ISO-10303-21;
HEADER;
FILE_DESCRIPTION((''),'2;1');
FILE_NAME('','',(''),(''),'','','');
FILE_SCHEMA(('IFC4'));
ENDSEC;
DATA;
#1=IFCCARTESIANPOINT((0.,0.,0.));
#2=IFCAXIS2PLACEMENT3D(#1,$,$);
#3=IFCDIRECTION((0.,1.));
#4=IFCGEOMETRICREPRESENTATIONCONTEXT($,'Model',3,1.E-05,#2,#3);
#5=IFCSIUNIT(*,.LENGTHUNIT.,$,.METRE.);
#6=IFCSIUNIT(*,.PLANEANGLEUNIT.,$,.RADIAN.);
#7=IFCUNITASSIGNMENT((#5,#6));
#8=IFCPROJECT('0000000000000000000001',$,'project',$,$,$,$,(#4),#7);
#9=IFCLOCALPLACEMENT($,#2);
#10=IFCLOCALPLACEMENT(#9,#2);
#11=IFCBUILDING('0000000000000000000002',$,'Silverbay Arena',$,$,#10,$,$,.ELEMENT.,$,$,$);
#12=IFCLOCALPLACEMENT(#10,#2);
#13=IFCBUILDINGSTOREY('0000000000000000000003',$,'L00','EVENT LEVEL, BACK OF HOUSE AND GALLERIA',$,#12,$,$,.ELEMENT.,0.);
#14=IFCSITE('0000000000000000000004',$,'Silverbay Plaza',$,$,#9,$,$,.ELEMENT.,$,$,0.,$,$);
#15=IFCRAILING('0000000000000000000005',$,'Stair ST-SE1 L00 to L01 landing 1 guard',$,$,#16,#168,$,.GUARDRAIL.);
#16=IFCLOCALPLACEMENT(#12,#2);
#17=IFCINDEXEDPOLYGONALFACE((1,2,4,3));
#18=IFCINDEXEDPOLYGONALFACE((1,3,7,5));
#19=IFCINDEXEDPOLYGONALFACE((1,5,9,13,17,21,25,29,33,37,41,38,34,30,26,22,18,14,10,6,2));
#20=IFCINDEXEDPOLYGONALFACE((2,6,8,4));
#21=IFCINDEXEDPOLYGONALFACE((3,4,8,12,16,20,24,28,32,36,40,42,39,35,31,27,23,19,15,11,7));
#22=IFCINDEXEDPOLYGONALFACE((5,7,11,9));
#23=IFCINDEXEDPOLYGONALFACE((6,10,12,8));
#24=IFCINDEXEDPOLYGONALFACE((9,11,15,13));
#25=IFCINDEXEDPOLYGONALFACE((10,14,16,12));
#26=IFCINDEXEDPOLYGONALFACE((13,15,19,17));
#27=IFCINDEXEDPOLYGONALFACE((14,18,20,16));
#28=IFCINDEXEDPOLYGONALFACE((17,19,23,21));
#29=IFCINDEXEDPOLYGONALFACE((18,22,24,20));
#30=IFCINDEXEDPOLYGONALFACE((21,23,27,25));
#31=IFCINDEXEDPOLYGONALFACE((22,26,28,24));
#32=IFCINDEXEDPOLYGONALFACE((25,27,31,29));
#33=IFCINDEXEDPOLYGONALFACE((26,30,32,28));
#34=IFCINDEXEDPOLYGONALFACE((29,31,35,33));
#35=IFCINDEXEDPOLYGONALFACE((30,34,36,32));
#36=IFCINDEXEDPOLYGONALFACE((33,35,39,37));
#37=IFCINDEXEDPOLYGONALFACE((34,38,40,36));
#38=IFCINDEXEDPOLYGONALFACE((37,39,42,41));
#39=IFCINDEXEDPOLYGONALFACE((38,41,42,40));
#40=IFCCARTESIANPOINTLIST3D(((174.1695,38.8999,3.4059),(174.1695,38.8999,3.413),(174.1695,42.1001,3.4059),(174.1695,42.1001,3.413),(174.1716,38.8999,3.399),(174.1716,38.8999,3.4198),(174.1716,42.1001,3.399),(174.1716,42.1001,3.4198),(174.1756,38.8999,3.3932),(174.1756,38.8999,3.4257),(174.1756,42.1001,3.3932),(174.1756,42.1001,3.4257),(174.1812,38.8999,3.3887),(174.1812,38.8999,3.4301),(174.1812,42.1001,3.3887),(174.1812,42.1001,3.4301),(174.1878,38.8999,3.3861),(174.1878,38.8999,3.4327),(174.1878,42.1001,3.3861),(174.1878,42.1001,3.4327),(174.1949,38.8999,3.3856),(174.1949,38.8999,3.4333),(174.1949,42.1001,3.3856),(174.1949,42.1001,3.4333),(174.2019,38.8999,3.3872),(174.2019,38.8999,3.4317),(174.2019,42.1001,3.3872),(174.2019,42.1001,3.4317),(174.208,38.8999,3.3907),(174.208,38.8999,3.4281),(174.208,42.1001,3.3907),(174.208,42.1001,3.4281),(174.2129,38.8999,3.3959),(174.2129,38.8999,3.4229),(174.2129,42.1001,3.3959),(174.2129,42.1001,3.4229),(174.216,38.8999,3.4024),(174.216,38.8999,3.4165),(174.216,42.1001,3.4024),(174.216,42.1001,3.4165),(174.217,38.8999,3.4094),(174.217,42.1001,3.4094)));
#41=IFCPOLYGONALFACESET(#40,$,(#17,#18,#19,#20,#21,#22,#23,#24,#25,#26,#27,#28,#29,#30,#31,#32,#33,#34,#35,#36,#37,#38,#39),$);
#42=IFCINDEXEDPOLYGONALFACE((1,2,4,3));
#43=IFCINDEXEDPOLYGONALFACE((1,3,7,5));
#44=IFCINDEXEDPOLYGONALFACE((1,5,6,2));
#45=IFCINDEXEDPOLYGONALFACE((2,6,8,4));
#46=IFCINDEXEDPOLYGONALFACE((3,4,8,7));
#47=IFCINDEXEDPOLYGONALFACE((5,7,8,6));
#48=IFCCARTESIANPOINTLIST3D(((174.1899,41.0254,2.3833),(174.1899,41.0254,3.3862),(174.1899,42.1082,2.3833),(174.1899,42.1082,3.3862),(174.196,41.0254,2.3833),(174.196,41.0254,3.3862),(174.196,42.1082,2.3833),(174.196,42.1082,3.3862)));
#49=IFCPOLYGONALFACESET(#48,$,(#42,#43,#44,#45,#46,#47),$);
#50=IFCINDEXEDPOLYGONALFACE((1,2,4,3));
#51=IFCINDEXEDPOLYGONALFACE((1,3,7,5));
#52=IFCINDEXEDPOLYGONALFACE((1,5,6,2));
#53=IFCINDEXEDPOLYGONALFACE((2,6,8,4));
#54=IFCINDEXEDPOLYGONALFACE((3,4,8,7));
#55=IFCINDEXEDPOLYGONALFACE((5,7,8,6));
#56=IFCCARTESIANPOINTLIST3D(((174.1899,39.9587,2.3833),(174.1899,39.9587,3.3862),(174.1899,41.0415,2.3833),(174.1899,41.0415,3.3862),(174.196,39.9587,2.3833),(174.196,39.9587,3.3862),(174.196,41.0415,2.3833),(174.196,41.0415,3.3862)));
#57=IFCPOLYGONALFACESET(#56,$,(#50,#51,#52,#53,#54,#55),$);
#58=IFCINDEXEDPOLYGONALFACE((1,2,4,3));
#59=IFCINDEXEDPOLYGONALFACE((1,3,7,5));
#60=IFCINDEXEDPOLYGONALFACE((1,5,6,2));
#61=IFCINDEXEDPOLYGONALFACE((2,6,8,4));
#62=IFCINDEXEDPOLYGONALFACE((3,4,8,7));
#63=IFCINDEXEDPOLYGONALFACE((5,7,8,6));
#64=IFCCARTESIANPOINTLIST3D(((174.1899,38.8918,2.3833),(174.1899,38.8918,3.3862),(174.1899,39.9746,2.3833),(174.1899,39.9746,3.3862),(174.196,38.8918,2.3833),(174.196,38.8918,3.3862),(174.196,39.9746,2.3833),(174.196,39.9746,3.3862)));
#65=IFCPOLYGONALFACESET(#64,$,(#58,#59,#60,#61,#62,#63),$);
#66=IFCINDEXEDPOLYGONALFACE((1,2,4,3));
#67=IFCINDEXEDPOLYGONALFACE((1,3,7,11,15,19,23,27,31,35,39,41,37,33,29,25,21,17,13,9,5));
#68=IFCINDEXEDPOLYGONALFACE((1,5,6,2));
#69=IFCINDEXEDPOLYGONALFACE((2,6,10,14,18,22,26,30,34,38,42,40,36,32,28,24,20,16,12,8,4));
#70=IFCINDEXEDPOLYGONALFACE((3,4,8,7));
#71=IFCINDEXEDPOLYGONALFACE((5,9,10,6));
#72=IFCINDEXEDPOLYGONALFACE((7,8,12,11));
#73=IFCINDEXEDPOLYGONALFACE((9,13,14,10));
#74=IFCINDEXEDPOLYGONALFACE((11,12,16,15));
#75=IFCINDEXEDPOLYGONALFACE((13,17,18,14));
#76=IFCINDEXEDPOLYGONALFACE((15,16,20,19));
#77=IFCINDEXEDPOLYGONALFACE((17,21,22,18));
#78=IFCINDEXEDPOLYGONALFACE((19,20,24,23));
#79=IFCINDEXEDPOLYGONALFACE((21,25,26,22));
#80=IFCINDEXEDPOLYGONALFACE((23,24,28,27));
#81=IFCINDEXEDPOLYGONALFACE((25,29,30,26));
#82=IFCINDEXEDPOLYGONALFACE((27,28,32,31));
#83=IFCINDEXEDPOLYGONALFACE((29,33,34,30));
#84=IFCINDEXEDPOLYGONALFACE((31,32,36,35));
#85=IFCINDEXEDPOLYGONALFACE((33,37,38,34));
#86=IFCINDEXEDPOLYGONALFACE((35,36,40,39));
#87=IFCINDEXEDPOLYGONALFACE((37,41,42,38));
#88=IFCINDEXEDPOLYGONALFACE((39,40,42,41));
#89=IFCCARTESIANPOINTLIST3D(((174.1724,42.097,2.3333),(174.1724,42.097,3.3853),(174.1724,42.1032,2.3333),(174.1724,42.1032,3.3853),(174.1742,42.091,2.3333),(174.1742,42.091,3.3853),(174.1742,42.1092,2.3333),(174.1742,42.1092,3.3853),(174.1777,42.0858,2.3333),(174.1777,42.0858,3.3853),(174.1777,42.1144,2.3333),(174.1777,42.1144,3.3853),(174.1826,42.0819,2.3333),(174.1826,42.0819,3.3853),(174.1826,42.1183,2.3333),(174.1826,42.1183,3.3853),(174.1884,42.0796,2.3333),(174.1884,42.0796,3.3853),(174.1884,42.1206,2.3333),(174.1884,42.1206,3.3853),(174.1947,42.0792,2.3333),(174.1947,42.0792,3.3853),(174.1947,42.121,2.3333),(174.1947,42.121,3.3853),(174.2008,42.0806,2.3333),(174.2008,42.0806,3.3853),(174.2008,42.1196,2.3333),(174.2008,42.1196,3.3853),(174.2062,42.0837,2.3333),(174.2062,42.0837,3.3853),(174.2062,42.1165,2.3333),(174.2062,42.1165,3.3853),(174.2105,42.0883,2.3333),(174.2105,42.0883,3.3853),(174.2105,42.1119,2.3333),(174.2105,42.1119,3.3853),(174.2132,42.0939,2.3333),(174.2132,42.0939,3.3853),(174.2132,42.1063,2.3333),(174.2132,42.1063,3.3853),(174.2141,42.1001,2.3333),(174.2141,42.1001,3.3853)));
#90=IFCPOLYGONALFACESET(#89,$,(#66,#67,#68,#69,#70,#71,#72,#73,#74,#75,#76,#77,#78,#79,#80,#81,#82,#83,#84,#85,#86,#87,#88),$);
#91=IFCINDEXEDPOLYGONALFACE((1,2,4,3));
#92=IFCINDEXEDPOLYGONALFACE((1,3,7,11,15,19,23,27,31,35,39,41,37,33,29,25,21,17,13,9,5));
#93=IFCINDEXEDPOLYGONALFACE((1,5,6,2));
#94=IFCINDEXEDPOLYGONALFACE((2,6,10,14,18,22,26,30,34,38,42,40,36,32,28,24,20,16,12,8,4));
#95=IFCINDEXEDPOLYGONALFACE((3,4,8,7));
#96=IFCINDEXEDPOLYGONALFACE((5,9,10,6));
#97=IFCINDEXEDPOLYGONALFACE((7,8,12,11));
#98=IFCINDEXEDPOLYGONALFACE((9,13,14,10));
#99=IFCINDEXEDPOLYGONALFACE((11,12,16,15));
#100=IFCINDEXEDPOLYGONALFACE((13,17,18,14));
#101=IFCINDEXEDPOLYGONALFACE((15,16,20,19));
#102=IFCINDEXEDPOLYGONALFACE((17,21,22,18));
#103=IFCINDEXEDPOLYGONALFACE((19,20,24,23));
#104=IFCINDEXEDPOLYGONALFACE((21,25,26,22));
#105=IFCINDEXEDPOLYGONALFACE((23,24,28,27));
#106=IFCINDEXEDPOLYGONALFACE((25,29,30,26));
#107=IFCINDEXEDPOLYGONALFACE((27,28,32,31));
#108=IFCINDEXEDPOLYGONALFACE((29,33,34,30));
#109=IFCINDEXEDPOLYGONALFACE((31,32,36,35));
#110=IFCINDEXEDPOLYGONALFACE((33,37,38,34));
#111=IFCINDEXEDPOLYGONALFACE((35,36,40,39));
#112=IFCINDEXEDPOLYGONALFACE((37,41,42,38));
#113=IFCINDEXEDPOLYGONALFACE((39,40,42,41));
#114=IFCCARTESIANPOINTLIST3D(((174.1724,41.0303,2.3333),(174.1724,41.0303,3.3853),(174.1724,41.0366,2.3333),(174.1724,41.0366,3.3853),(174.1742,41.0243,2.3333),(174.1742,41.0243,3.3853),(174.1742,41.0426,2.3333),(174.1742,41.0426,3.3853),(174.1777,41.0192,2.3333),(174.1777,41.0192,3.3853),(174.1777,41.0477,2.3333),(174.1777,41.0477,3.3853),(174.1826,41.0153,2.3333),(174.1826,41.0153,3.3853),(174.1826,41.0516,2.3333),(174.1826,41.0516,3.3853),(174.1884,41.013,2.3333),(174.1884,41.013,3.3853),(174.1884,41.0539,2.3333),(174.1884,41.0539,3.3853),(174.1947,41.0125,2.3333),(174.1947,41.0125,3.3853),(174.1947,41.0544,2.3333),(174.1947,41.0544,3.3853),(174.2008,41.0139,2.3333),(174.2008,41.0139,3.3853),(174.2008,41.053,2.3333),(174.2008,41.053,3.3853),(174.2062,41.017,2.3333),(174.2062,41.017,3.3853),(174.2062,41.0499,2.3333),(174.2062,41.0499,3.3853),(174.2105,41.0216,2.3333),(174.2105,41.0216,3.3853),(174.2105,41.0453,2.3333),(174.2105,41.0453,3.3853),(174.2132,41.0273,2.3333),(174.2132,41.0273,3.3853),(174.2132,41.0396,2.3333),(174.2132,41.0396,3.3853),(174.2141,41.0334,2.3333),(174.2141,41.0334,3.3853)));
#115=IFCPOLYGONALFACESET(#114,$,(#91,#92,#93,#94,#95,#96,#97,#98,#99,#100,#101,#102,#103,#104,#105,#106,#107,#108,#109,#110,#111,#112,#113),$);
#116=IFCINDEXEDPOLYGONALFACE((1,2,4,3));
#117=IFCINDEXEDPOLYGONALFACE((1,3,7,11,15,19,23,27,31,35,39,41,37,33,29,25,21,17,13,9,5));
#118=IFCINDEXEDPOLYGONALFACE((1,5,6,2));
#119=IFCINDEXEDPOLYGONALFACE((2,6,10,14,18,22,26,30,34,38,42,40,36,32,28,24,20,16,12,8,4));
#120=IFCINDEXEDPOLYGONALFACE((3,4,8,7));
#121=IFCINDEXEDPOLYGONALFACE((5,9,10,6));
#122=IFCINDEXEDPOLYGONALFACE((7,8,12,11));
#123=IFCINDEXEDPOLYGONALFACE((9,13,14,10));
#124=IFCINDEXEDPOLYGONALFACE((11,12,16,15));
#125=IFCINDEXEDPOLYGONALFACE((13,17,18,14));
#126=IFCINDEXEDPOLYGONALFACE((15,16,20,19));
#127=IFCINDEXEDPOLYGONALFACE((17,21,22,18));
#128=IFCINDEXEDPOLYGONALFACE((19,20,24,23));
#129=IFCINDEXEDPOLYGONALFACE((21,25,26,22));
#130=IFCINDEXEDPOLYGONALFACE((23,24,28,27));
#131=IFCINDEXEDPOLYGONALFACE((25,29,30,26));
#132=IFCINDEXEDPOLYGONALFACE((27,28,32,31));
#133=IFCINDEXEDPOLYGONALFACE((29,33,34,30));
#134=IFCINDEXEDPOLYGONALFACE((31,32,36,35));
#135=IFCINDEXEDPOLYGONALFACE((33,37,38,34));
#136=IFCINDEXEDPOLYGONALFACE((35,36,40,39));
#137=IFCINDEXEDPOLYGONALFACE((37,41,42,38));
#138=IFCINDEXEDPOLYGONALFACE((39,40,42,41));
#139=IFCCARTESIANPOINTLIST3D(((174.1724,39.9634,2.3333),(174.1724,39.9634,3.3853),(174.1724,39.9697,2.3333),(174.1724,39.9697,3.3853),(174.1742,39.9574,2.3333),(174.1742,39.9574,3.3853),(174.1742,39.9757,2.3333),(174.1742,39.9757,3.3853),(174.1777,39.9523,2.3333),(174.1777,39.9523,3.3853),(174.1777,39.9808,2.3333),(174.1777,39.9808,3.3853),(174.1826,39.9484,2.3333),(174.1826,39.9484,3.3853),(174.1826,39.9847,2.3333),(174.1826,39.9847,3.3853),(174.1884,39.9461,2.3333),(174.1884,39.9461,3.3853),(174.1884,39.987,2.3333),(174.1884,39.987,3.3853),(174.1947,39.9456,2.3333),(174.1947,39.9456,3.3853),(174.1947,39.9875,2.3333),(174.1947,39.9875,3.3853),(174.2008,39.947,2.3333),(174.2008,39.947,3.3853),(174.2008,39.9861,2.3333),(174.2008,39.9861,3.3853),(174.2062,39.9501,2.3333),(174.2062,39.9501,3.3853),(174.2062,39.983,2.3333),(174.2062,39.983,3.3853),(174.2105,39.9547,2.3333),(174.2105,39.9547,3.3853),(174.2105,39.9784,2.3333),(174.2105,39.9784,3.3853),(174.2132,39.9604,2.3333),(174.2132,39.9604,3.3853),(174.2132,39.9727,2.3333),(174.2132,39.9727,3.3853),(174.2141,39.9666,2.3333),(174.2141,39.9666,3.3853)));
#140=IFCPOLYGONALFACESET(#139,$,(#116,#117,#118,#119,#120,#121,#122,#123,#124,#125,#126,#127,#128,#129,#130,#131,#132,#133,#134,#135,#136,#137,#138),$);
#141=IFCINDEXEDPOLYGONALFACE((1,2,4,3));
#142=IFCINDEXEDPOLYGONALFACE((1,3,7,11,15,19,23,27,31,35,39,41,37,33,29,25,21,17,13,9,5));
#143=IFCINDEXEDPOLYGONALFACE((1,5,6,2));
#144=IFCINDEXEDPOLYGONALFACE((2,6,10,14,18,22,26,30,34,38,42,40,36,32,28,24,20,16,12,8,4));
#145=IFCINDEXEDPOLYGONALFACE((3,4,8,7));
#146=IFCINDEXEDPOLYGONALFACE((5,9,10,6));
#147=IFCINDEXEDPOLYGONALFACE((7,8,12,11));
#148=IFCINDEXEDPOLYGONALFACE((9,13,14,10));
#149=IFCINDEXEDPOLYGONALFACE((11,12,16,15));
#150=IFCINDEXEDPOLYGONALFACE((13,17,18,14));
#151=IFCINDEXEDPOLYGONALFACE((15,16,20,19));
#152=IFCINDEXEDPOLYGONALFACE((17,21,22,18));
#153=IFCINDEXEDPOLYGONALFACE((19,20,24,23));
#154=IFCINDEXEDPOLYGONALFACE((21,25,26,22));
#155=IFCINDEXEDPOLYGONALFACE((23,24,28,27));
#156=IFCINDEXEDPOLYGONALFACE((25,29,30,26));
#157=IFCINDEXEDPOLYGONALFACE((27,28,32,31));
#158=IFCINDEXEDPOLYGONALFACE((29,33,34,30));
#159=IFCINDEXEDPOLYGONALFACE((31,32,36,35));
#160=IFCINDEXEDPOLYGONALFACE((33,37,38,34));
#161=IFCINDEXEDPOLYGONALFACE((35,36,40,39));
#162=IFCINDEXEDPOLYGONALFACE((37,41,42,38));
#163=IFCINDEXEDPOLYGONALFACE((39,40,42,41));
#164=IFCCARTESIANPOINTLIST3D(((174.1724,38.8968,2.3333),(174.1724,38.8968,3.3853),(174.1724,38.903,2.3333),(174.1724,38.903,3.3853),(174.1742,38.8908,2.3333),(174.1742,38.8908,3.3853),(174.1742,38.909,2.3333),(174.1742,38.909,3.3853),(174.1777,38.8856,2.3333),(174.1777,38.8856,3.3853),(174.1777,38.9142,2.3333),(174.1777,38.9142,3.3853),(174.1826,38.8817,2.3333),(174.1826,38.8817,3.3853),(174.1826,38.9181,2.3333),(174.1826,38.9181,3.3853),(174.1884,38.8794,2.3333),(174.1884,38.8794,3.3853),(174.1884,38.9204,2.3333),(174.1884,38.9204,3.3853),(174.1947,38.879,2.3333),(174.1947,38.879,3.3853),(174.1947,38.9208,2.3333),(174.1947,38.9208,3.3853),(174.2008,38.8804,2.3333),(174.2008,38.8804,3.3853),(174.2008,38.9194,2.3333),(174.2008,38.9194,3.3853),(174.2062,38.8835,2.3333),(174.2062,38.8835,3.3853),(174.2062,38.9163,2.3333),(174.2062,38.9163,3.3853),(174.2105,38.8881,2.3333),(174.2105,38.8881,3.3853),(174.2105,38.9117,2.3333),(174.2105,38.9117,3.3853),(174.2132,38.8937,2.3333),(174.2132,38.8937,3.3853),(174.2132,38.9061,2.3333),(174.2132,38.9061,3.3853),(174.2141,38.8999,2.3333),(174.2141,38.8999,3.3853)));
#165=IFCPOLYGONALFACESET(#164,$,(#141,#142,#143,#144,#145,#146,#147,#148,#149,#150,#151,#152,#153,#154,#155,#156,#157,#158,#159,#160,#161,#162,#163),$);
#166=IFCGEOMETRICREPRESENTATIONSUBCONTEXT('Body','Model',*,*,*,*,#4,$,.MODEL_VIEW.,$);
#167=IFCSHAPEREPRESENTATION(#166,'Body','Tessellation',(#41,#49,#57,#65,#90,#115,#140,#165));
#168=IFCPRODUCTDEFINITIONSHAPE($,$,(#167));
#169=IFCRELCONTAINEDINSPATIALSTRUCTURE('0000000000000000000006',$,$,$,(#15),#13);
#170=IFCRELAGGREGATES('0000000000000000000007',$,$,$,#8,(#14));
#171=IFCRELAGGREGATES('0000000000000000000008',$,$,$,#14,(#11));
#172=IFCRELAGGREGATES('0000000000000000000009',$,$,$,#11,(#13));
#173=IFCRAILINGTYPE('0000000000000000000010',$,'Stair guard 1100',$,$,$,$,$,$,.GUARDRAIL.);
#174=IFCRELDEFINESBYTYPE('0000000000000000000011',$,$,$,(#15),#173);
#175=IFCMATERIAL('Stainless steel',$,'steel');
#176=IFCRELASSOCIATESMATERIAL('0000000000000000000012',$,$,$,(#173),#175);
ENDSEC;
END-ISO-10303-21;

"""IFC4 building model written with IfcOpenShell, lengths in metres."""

from ifc_helpers import new_model, si_unit, direction, frame, origin, origin_2d, place, context, subcontext, project, spatial, polyline, circle, outline, extrude, material, type_object, element, save


model = new_model("IFC4")

# Units and contexts
model_context = context("Model", 3, precision=1e-05, world=origin(), true_north=direction((0.0, 1.0)))
body_context = subcontext(model_context, "Body", "Model", "MODEL_VIEW")
ifc_project = project(units=[si_unit("LENGTHUNIT", "METRE"), si_unit("PLANEANGLEUNIT", "RADIAN")], contexts=[model_context])

# Site, building, storey
site_placement = place(None, origin())
site = spatial("IfcSite", under=ifc_project, at=site_placement, Name="Silverbay Plaza", CompositionType="ELEMENT", RefElevation=0.0)
building_placement = place(site_placement, origin())
building = spatial("IfcBuilding", under=site, at=building_placement, Name="Silverbay Arena", CompositionType="ELEMENT")
storey_placement = place(building_placement, origin())
storey = spatial("IfcBuildingStorey", under=building, at=storey_placement, Name="L00", Description="EVENT LEVEL, BACK OF HOUSE AND GALLERIA", CompositionType="ELEMENT", Elevation=0.0)

# Railing
ifc_material_1 = material(Name="Stainless steel", Category="steel")
railing_type_1 = type_object("IfcRailingType", Name="Stair guard 1100", PredefinedType="GUARDRAIL", material=ifc_material_1)
for number, where, name in (
    (1, (174.1931, 42.1001, 2.3333), "Stair ST-SE1 L00 to L01 landing 1 guard"),
):
    element("IfcRailing", number, at=place(storey_placement, frame(where)), inside=storey, type_object=railing_type_1, Name=name, PredefinedType="GUARDRAIL", context=body_context, shape_type="SweptSolid", body=[
        extrude(circle(Radius=0.0239, at=origin_2d()), frame((0.0, 0.0, 1.0762), z_axis=(0.0, -1.0, 0.0), x_axis=(1.0, 0.0, 0.0)), (0.0, 0.0, 1.0), 3.2002),
        extrude(outline(polyline([(-0.0081, 0.05), (1.0747, 0.05), (1.0747, 1.053), (-0.0081, 1.053), (-0.0081, 0.05)])), frame((0.0029, 0.0, 0.0), z_axis=(-1.0, 0.0, 0.0), x_axis=(0.0, -1.0, 0.0)), (0.0, 0.0, 1.0), 0.0061),
        extrude(outline(polyline([(-0.0081, 0.05), (1.0747, 0.05), (1.0747, 1.053), (-0.0081, 1.053), (-0.0081, 0.05)])), frame((0.0029, -1.0667, 0.0), z_axis=(-1.0, 0.0, 0.0), x_axis=(0.0, -1.0, 0.0)), (0.0, 0.0, 1.0), 0.0061),
        extrude(outline(polyline([(-0.0081, 0.05), (1.0747, 0.05), (1.0747, 1.053), (-0.0081, 1.053), (-0.0081, 0.05)])), frame((0.0029, -2.1335, 0.0), z_axis=(-1.0, 0.0, 0.0), x_axis=(0.0, -1.0, 0.0)), (0.0, 0.0, 1.0), 0.0061),
        extrude(circle(Radius=0.021, at=origin_2d()), origin(), (0.0, 0.0, 1.0), 1.052),
        extrude(circle(Radius=0.021, at=origin_2d()), frame((0.0, -1.0667, 0.0)), (0.0, 0.0, 1.0), 1.052),
        extrude(circle(Radius=0.021, at=origin_2d()), frame((0.0, -2.1335, 0.0)), (0.0, 0.0, 1.0), 1.052),
        extrude(circle(Radius=0.021, at=origin_2d()), frame((0.0, -3.2002, 0.0)), (0.0, 0.0, 1.0), 1.052),
    ])

save(model, "model.ifc")
